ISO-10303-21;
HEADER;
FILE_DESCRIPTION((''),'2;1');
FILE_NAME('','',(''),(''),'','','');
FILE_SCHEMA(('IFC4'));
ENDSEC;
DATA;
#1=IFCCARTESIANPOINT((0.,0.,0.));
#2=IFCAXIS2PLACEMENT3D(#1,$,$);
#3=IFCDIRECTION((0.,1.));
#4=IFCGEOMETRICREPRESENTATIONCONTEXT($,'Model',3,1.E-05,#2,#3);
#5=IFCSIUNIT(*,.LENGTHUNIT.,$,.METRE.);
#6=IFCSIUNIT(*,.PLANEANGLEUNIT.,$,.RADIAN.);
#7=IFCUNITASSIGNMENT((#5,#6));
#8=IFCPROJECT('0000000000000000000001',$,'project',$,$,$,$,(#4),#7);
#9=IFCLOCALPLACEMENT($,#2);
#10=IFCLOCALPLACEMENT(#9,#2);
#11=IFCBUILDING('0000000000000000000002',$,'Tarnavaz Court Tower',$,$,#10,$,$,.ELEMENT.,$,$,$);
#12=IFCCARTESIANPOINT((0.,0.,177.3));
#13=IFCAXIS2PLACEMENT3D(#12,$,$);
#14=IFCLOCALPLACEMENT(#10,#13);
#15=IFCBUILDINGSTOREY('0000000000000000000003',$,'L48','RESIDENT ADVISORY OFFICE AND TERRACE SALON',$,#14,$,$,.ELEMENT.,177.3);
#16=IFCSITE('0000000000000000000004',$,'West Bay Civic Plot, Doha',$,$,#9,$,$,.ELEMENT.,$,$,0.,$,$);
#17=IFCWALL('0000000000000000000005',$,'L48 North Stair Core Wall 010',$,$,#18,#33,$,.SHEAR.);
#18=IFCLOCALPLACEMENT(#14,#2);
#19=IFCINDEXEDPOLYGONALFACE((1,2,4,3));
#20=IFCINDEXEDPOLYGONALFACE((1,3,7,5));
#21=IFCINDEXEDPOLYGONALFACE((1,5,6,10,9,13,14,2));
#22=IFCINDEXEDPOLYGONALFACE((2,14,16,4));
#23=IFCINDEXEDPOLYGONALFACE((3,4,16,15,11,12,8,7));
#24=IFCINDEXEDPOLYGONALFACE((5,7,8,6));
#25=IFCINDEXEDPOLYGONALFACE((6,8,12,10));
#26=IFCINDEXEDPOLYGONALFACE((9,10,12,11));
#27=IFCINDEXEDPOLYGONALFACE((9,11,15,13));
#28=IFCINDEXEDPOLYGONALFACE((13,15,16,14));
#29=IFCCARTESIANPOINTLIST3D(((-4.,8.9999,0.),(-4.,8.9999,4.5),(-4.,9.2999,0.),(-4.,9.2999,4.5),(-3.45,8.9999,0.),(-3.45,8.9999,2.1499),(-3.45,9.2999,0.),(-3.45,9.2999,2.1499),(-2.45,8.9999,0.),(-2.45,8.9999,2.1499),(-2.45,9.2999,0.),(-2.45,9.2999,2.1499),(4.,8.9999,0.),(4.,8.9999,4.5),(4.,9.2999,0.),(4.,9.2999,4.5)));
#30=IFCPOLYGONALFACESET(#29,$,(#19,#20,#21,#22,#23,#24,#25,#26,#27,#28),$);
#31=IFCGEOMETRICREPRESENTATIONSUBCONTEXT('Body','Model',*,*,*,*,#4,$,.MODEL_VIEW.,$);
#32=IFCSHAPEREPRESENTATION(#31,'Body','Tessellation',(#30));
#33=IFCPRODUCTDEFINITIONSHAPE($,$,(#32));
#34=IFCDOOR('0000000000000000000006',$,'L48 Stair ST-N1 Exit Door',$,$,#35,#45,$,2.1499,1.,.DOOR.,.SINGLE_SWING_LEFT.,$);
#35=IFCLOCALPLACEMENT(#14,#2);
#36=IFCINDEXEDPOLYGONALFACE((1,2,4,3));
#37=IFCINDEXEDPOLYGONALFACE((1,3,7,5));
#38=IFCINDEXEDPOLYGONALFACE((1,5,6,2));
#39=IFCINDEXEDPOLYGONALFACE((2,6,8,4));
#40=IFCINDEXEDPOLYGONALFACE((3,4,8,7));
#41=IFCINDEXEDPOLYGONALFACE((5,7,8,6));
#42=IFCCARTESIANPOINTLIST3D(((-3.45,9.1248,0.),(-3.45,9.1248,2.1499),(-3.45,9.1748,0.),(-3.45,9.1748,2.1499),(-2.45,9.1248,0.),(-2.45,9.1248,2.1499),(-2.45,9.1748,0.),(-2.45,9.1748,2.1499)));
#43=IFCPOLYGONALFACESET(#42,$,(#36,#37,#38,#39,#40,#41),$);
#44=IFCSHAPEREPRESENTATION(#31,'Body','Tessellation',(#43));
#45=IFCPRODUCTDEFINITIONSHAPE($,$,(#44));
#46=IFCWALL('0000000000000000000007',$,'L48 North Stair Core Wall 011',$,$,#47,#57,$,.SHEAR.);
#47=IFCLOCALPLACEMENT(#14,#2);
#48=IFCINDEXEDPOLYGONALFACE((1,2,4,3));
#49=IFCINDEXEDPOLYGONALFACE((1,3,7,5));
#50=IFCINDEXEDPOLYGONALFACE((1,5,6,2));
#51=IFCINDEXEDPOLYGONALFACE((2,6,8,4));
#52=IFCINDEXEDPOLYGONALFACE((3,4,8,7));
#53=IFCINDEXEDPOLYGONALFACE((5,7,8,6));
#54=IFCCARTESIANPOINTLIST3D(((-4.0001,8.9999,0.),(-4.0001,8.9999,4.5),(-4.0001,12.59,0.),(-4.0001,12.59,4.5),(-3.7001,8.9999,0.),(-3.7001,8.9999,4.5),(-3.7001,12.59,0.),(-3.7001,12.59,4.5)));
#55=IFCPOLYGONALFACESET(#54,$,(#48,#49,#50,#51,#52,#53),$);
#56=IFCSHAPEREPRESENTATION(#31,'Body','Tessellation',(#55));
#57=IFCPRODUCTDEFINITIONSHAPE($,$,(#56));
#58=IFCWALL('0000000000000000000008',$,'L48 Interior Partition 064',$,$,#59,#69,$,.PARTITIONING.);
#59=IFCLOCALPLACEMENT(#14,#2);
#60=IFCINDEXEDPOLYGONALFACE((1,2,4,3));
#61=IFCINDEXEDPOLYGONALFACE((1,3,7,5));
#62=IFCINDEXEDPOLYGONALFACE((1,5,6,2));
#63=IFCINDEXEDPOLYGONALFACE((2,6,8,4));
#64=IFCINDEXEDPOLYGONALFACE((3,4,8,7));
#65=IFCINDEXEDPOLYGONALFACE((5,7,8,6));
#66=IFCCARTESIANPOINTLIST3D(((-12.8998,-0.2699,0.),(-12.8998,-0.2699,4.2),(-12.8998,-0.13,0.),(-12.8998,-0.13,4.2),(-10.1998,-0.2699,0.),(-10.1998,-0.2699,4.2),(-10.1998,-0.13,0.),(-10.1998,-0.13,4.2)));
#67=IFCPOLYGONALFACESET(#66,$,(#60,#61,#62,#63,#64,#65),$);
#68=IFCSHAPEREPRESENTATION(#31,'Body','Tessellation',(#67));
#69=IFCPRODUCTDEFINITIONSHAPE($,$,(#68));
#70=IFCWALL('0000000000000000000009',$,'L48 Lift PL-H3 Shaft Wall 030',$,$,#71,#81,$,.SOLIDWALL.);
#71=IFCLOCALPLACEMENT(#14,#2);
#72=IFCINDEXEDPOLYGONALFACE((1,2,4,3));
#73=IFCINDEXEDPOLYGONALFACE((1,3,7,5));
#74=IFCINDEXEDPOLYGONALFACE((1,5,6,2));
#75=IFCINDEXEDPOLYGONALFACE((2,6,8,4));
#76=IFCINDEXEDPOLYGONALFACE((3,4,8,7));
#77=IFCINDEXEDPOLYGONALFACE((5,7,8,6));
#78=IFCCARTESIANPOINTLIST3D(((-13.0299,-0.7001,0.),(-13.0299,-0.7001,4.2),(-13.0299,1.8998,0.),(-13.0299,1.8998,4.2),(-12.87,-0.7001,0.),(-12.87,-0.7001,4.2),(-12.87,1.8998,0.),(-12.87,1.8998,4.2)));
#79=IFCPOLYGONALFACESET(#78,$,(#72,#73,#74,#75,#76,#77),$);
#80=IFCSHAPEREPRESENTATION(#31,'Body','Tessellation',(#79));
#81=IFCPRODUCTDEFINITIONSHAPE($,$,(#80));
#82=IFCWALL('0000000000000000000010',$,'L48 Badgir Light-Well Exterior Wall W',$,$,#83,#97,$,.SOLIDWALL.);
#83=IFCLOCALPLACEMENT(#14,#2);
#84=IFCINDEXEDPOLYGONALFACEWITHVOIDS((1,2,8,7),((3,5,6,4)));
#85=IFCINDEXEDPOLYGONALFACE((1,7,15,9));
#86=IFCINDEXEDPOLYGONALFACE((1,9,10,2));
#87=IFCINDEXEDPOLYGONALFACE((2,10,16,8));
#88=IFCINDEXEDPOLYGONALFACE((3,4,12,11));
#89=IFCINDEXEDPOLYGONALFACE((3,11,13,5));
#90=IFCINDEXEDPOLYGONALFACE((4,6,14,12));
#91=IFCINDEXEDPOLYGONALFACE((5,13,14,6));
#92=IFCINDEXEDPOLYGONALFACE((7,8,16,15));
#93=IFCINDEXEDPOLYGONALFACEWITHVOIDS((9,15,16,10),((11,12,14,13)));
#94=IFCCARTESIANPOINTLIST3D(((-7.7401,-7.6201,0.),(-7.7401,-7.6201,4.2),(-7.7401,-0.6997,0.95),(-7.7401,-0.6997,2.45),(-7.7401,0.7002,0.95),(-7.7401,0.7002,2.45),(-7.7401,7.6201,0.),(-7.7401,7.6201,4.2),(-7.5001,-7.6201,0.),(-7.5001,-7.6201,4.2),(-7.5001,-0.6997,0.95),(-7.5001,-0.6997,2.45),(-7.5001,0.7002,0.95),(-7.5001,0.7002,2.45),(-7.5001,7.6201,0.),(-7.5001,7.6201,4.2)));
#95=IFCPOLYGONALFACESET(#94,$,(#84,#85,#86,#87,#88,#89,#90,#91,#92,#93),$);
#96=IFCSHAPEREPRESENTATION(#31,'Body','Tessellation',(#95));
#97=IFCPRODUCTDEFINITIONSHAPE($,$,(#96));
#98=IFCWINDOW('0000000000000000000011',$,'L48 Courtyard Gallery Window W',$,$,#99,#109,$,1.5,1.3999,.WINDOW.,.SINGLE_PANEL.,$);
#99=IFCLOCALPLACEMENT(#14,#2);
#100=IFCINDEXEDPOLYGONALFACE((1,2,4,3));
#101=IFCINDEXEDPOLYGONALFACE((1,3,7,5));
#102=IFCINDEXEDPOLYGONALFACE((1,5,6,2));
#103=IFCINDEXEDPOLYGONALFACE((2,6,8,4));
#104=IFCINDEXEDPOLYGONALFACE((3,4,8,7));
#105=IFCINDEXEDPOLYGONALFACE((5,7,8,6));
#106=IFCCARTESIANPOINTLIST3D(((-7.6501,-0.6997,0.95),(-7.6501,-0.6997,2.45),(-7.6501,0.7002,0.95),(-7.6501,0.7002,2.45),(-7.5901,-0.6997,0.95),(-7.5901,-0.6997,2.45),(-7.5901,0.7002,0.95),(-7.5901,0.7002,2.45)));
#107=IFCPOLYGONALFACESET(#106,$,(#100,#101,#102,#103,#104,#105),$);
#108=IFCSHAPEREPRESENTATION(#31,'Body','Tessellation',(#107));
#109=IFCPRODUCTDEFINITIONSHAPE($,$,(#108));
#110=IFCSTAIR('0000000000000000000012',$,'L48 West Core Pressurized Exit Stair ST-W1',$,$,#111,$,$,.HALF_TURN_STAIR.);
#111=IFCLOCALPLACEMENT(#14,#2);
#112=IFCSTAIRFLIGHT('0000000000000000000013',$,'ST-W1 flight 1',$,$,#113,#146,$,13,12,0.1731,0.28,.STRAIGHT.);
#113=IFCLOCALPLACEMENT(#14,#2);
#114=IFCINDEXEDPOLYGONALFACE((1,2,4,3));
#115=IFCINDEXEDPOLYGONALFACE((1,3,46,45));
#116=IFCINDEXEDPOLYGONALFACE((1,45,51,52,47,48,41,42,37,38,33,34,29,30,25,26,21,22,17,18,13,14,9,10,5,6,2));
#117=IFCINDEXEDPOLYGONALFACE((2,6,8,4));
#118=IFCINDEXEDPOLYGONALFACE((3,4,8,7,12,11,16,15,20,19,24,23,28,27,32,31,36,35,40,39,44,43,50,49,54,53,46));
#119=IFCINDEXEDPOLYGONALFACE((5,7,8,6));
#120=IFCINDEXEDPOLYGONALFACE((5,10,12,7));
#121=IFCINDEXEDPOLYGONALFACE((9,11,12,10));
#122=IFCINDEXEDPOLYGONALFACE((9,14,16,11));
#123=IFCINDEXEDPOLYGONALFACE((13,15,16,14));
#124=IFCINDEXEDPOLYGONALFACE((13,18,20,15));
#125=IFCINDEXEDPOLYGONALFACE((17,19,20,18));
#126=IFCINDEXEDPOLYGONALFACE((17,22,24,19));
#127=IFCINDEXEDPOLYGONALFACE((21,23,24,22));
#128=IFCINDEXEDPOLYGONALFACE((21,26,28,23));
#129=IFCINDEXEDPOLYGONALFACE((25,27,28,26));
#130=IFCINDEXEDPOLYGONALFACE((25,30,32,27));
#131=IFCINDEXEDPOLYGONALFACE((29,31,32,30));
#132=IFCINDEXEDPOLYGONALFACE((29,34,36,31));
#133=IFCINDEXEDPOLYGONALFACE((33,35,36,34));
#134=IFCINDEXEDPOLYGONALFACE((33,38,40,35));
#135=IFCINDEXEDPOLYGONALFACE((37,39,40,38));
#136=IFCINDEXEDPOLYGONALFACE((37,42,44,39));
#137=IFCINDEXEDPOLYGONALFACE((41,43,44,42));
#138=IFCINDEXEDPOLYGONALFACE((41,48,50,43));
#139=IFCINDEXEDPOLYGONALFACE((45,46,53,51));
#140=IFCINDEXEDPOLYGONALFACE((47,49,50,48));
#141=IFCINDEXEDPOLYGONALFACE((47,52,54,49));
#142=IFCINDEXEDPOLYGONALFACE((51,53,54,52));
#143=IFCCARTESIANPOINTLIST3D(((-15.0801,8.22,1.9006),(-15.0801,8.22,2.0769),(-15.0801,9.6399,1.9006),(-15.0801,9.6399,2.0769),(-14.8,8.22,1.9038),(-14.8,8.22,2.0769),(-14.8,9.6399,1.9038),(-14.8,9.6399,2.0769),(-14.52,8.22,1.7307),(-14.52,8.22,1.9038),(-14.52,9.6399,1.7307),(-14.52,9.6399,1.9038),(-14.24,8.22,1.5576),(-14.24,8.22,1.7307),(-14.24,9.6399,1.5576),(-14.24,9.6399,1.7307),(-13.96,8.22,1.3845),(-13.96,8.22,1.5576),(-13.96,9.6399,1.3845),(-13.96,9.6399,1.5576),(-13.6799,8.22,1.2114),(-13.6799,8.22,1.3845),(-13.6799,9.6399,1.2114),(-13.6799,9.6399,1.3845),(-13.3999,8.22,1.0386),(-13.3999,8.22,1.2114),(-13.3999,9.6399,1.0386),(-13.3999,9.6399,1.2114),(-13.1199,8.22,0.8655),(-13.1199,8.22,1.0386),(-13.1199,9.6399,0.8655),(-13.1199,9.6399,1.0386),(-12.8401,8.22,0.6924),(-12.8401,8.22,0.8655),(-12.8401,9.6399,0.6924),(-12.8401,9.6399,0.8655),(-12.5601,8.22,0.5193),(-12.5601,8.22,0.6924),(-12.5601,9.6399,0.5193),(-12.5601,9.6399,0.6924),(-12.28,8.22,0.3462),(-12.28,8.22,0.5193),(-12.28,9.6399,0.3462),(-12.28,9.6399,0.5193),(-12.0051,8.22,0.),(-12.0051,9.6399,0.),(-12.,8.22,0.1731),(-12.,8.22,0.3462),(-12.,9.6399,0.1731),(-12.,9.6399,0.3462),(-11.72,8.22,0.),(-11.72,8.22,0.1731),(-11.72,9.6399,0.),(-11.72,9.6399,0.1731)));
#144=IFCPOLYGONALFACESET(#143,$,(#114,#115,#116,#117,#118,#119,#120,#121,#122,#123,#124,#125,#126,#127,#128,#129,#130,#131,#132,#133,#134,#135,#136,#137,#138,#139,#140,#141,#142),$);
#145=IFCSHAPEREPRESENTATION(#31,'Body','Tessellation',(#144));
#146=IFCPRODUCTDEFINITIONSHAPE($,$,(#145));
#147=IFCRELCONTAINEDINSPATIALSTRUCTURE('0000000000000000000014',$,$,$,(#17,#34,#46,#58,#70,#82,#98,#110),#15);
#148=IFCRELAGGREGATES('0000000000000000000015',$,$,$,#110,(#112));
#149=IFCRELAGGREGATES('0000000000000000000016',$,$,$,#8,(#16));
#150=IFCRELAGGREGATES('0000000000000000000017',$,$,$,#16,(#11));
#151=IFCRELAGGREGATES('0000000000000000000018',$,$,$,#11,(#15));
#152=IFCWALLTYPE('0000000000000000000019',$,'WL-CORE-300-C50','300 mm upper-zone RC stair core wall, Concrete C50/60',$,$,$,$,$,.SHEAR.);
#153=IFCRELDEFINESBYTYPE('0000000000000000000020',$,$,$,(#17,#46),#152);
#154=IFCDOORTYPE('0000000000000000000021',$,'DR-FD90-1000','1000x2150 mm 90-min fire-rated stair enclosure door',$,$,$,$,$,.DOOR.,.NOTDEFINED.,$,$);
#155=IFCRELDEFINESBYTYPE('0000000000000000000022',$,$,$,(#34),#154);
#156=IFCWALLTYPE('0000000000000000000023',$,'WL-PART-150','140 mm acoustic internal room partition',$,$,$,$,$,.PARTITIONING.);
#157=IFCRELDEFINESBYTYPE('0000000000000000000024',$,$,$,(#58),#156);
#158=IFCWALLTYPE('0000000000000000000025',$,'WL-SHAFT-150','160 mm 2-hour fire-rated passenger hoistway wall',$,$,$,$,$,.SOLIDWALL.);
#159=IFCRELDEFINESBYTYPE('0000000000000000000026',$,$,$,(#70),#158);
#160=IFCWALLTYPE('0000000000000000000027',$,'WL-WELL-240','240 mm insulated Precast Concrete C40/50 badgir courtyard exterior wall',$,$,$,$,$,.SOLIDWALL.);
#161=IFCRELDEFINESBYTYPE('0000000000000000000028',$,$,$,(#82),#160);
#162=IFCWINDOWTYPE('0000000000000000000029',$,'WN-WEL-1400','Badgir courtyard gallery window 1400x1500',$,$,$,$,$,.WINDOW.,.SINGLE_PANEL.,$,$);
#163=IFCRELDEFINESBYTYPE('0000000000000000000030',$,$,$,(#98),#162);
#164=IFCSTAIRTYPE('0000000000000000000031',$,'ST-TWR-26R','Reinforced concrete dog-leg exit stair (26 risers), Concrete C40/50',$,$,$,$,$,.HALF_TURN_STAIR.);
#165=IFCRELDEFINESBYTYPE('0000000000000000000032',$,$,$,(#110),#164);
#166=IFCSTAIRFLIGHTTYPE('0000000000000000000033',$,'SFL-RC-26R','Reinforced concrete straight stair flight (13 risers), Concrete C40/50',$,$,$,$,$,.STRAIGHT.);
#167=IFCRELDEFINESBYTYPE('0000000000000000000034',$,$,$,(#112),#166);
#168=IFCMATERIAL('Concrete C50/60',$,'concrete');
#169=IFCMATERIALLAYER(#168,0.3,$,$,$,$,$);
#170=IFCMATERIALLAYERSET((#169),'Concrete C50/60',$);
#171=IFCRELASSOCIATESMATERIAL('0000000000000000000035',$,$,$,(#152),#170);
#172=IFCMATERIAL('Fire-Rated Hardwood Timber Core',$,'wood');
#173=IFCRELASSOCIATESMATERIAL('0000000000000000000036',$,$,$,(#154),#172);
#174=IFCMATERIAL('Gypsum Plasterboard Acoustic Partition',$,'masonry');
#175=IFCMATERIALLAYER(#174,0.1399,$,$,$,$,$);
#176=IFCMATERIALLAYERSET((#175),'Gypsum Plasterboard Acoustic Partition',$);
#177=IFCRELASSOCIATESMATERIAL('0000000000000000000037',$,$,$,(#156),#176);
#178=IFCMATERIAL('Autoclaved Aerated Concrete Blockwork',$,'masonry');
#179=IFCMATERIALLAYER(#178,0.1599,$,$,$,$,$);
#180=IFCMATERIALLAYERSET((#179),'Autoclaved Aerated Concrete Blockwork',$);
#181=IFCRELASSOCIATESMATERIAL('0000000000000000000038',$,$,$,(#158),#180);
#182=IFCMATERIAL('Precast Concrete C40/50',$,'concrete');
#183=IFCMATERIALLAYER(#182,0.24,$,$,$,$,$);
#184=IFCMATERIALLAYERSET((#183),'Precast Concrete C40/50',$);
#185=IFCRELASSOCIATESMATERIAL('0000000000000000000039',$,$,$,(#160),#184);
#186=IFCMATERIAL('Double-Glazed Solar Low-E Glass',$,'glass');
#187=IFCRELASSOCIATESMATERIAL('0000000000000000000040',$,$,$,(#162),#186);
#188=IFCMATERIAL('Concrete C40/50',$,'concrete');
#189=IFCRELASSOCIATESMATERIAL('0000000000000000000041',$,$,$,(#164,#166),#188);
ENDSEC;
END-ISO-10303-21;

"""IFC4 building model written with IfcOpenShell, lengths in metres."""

from ifc_helpers import new_model, si_unit, direction, frame, frame_2d, origin, place, context, subcontext, project, spatial, polyline, rectangle, outline, extrude, material, layer, layer_set, type_object, element, fill, aggregate, save


model = new_model("IFC4")

# Units and contexts
model_context = context("Model", 3, precision=1e-05, world=origin(), true_north=direction((0.0, 1.0)))
body_context = subcontext(model_context, "Body", "Model", "MODEL_VIEW")
ifc_project = project(units=[si_unit("LENGTHUNIT", "METRE"), si_unit("PLANEANGLEUNIT", "RADIAN")], contexts=[model_context])

# Site, building, storey
site_placement = place(None, origin())
site = spatial("IfcSite", under=ifc_project, at=site_placement, Name="West Bay Civic Plot, Doha", CompositionType="ELEMENT", RefElevation=0.0)
building_placement = place(site_placement, origin())
building = spatial("IfcBuilding", under=site, at=building_placement, Name="Tarnavaz Court Tower", CompositionType="ELEMENT")
storey_placement = place(building_placement, frame((0.0, 0.0, 177.3)))
storey = spatial("IfcBuildingStorey", under=building, at=storey_placement, Name="L48", Description="RESIDENT ADVISORY OFFICE AND TERRACE SALON", CompositionType="ELEMENT", Elevation=177.3)

# Shared definitions
ifc_material_1 = material(Name="Double-Glazed Solar Low-E Glass", Category="glass")

# Shared definitions
ifc_material_2 = material(Name="Concrete C50/60", Category="concrete")
ifc_layer_1 = layer(ifc_material_2, 0.3)
ifc_layer_set_1 = layer_set([ifc_layer_1], Name="Concrete C50/60")
wall_type_1 = type_object("IfcWallType", Name="WL-CORE-300-C50", Description="300 mm upper-zone RC stair core wall, Concrete C50/60", PredefinedType="SHEAR", material=ifc_layer_set_1)

# Wall, opening, door
wall_1_placement = place(storey_placement, frame((-4.0, 9.1499, 0.0), z_axis=(0.0, 0.0, 1.0), x_axis=(1.0, 0.0, 0.0)))
wall_1 = element("IfcWall", 1, at=wall_1_placement, inside=storey, type_object=wall_type_1, Name="L48 North Stair Core Wall 010", PredefinedType="SHEAR", context=body_context, shape_type="SweptSolid", body=[
    extrude(rectangle(XDim=8.0, YDim=0.3, at=frame_2d((4.0, 0.0))), origin(), (0.0, 0.0, 1.0), 4.5),
])
opening_1_placement = place(wall_1_placement, frame((0.55, 0.0, 0.0)))
opening_1 = element("IfcOpeningElement", 2, at=opening_1_placement, cuts=wall_1, PredefinedType="OPENING", context=body_context, shape_type="SweptSolid", body=[
    extrude(rectangle(XDim=1.0, YDim=2.1499, at=frame_2d((0.5, 1.075))), frame((0.0, 0.1599, 0.0), z_axis=(0.0, -1.0, 0.0), x_axis=(1.0, 0.0, 0.0)), (0.0, 0.0, 1.0), 0.3201),
])
ifc_material_3 = material(Name="Fire-Rated Hardwood Timber Core", Category="wood")
door_type_1 = type_object("IfcDoorType", Name="DR-FD90-1000", Description="1000x2150 mm 90-min fire-rated stair enclosure door", OperationType="NOTDEFINED", PredefinedType="DOOR", material=ifc_material_3)
door_1_placement = place(opening_1_placement, origin())
door_1 = element("IfcDoor", 3, at=door_1_placement, inside=storey, type_object=door_type_1, Name="L48 Stair ST-N1 Exit Door", OperationType="SINGLE_SWING_LEFT", OverallHeight=2.1499, OverallWidth=1.0, PredefinedType="DOOR", context=body_context, shape_type="SweptSolid", body=[
    extrude(rectangle(XDim=1.0, YDim=2.1499, at=frame_2d((0.5, 1.075))), frame((0.0, 0.0249, 0.0), z_axis=(0.0, -1.0, 0.0), x_axis=(1.0, 0.0, 0.0)), (0.0, 0.0, 1.0), 0.05),
])
fill(opening_1, door_1)

# Wall
wall_2_placement = place(storey_placement, frame((-3.8501, 9.0, 0.0), z_axis=(0.0, 0.0, 1.0), x_axis=(0.0, 1.0, 0.0)))
element("IfcWall", 4, at=wall_2_placement, inside=storey, type_object=wall_type_1, Name="L48 North Stair Core Wall 011", PredefinedType="SHEAR", context=body_context, shape_type="SweptSolid", body=[
    extrude(rectangle(XDim=3.5901, YDim=0.3, at=frame_2d((1.7949, 0.0))), origin(), (0.0, 0.0, 1.0), 4.5),
])

# Shared definitions
ifc_material_4 = material(Name="Autoclaved Aerated Concrete Blockwork", Category="masonry")

# Walls
ifc_material_5 = material(Name="Gypsum Plasterboard Acoustic Partition", Category="masonry")
ifc_layer_2 = layer(ifc_material_5, 0.1399)
ifc_layer_set_2 = layer_set([ifc_layer_2], Name="Gypsum Plasterboard Acoustic Partition")
wall_type_2 = type_object("IfcWallType", Name="WL-PART-150", Description="140 mm acoustic internal room partition", PredefinedType="PARTITIONING", material=ifc_layer_set_2)
wall_3_placement = place(storey_placement, frame((-12.8999, -0.2, 0.0), z_axis=(0.0, 0.0, 1.0), x_axis=(1.0, 0.0, 0.0)))
element("IfcWall", 5, at=wall_3_placement, inside=storey, type_object=wall_type_2, Name="L48 Interior Partition 064", PredefinedType="PARTITIONING", context=body_context, shape_type="SweptSolid", body=[
    extrude(rectangle(XDim=2.7, YDim=0.1399, at=frame_2d((1.3501, 0.0))), origin(), (0.0, 0.0, 1.0), 4.2),
])
ifc_layer_3 = layer(ifc_material_4, 0.1599)
ifc_layer_set_3 = layer_set([ifc_layer_3], Name="Autoclaved Aerated Concrete Blockwork")
wall_type_3 = type_object("IfcWallType", Name="WL-SHAFT-150", Description="160 mm 2-hour fire-rated passenger hoistway wall", PredefinedType="SOLIDWALL", material=ifc_layer_set_3)
wall_4_placement = place(storey_placement, frame((-12.95, -0.7, 0.0), z_axis=(0.0, 0.0, 1.0), x_axis=(0.0, 1.0, 0.0)))
element("IfcWall", 6, at=wall_4_placement, inside=storey, type_object=wall_type_3, Name="L48 Lift PL-H3 Shaft Wall 030", PredefinedType="SOLIDWALL", context=body_context, shape_type="SweptSolid", body=[
    extrude(rectangle(XDim=2.5999, YDim=0.1599, at=frame_2d((1.2998, 0.0))), origin(), (0.0, 0.0, 1.0), 4.2),
])

# Wall, opening, window
ifc_material_6 = material(Name="Precast Concrete C40/50", Category="concrete")
ifc_layer_4 = layer(ifc_material_6, 0.24)
ifc_layer_set_4 = layer_set([ifc_layer_4], Name="Precast Concrete C40/50")
wall_type_4 = type_object("IfcWallType", Name="WL-WELL-240", Description="240 mm insulated Precast Concrete C40/50 badgir courtyard exterior wall", PredefinedType="SOLIDWALL", material=ifc_layer_set_4)
wall_5_placement = place(storey_placement, frame((-7.6201, 7.6201, 0.0), z_axis=(0.0, 0.0, 1.0), x_axis=(0.0, -1.0, 0.0)))
wall_5 = element("IfcWall", 7, at=wall_5_placement, inside=storey, type_object=wall_type_4, Name="L48 Badgir Light-Well Exterior Wall W", PredefinedType="SOLIDWALL", context=body_context, shape_type="SweptSolid", body=[
    extrude(rectangle(XDim=15.2402, YDim=0.24, at=frame_2d((7.6201, 0.0))), origin(), (0.0, 0.0, 1.0), 4.2),
])
opening_2_placement = place(wall_5_placement, frame((6.9199, 0.0, 0.95)))
opening_2 = element("IfcOpeningElement", 8, at=opening_2_placement, cuts=wall_5, PredefinedType="OPENING", context=body_context, shape_type="SweptSolid", body=[
    extrude(rectangle(XDim=1.3999, YDim=1.5, at=frame_2d((0.7, 0.75))), frame((0.0, 0.1299, 0.0), z_axis=(0.0, -1.0, 0.0), x_axis=(1.0, 0.0, 0.0)), (0.0, 0.0, 1.0), 0.26),
])
window_type = type_object("IfcWindowType", Name="WN-WEL-1400", Description="Badgir courtyard gallery window 1400x1500", PartitioningType="SINGLE_PANEL", PredefinedType="WINDOW", material=ifc_material_1)
window_placement = place(opening_2_placement, origin())
window = element("IfcWindow", 9, at=window_placement, inside=storey, type_object=window_type, Name="L48 Courtyard Gallery Window W", OverallHeight=1.5, OverallWidth=1.3999, PartitioningType="SINGLE_PANEL", PredefinedType="WINDOW", context=body_context, shape_type="SweptSolid", body=[
    extrude(rectangle(XDim=1.3999, YDim=1.5, at=frame_2d((0.7, 0.75))), frame((0.0, 0.03, 0.0), z_axis=(0.0, -1.0, 0.0), x_axis=(1.0, 0.0, 0.0)), (0.0, 0.0, 1.0), 0.0601),
])
fill(opening_2, window)

# Stair, stair flight
ifc_material_7 = material(Name="Concrete C40/50", Category="concrete")
stair_type = type_object("IfcStairType", Name="ST-TWR-26R", Description="Reinforced concrete dog-leg exit stair (26 risers), Concrete C40/50", PredefinedType="HALF_TURN_STAIR", material=ifc_material_7)
stair_1_placement = place(storey_placement, origin())
stair_1 = element("IfcStair", 10, at=stair_1_placement, inside=storey, type_object=stair_type, Name="L48 West Core Pressurized Exit Stair ST-W1", PredefinedType="HALF_TURN_STAIR")
stair_flight_type = type_object("IfcStairFlightType", Name="SFL-RC-26R", Description="Reinforced concrete straight stair flight (13 risers), Concrete C40/50", PredefinedType="STRAIGHT", material=ifc_material_7)
stair_flight_1_placement = place(storey_placement, frame((-11.72, 8.9299, 0.0), z_axis=(0.0, 0.0, 1.0), x_axis=(-1.0, 0.0, 0.0)))
stair_flight_1 = element("IfcStairFlight", 11, at=stair_flight_1_placement, type_object=stair_flight_type, Name="ST-W1 flight 1", NumberOfRisers=13, NumberOfTreads=12, PredefinedType="STRAIGHT", RiserHeight=0.1731, TreadLength=0.28, context=body_context, shape_type="SweptSolid", body=[
    extrude(outline(polyline([(0.0, 0.0), (0.0, 0.1731), (0.28, 0.1731), (0.28, 0.3462), (0.5601, 0.3462), (0.5601, 0.5193), (0.8401, 0.5193), (0.8401, 0.6924), (1.1201, 0.6924), (1.1201, 0.8655), (1.3999, 0.8655), (1.3999, 1.0386), (1.6799, 1.0386), (1.6799, 1.2114), (1.96, 1.2114), (1.96, 1.3845), (2.24, 1.3845), (2.24, 1.5576), (2.52, 1.5576), (2.52, 1.7307), (2.8, 1.7307), (2.8, 1.9038), (3.0801, 1.9038), (3.0801, 2.0769), (3.3601, 2.0769), (3.3601, 2.25), (3.3601, 1.9006), (0.2852, 0.0), (0.0, 0.0)])), frame((0.0, 0.71, 0.0), z_axis=(0.0, -1.0, 0.0), x_axis=(1.0, 0.0, 0.0)), (0.0, 0.0, 1.0), 1.4199),
])
aggregate(stair_1, [stair_flight_1])

save(model, "model.ifc")
